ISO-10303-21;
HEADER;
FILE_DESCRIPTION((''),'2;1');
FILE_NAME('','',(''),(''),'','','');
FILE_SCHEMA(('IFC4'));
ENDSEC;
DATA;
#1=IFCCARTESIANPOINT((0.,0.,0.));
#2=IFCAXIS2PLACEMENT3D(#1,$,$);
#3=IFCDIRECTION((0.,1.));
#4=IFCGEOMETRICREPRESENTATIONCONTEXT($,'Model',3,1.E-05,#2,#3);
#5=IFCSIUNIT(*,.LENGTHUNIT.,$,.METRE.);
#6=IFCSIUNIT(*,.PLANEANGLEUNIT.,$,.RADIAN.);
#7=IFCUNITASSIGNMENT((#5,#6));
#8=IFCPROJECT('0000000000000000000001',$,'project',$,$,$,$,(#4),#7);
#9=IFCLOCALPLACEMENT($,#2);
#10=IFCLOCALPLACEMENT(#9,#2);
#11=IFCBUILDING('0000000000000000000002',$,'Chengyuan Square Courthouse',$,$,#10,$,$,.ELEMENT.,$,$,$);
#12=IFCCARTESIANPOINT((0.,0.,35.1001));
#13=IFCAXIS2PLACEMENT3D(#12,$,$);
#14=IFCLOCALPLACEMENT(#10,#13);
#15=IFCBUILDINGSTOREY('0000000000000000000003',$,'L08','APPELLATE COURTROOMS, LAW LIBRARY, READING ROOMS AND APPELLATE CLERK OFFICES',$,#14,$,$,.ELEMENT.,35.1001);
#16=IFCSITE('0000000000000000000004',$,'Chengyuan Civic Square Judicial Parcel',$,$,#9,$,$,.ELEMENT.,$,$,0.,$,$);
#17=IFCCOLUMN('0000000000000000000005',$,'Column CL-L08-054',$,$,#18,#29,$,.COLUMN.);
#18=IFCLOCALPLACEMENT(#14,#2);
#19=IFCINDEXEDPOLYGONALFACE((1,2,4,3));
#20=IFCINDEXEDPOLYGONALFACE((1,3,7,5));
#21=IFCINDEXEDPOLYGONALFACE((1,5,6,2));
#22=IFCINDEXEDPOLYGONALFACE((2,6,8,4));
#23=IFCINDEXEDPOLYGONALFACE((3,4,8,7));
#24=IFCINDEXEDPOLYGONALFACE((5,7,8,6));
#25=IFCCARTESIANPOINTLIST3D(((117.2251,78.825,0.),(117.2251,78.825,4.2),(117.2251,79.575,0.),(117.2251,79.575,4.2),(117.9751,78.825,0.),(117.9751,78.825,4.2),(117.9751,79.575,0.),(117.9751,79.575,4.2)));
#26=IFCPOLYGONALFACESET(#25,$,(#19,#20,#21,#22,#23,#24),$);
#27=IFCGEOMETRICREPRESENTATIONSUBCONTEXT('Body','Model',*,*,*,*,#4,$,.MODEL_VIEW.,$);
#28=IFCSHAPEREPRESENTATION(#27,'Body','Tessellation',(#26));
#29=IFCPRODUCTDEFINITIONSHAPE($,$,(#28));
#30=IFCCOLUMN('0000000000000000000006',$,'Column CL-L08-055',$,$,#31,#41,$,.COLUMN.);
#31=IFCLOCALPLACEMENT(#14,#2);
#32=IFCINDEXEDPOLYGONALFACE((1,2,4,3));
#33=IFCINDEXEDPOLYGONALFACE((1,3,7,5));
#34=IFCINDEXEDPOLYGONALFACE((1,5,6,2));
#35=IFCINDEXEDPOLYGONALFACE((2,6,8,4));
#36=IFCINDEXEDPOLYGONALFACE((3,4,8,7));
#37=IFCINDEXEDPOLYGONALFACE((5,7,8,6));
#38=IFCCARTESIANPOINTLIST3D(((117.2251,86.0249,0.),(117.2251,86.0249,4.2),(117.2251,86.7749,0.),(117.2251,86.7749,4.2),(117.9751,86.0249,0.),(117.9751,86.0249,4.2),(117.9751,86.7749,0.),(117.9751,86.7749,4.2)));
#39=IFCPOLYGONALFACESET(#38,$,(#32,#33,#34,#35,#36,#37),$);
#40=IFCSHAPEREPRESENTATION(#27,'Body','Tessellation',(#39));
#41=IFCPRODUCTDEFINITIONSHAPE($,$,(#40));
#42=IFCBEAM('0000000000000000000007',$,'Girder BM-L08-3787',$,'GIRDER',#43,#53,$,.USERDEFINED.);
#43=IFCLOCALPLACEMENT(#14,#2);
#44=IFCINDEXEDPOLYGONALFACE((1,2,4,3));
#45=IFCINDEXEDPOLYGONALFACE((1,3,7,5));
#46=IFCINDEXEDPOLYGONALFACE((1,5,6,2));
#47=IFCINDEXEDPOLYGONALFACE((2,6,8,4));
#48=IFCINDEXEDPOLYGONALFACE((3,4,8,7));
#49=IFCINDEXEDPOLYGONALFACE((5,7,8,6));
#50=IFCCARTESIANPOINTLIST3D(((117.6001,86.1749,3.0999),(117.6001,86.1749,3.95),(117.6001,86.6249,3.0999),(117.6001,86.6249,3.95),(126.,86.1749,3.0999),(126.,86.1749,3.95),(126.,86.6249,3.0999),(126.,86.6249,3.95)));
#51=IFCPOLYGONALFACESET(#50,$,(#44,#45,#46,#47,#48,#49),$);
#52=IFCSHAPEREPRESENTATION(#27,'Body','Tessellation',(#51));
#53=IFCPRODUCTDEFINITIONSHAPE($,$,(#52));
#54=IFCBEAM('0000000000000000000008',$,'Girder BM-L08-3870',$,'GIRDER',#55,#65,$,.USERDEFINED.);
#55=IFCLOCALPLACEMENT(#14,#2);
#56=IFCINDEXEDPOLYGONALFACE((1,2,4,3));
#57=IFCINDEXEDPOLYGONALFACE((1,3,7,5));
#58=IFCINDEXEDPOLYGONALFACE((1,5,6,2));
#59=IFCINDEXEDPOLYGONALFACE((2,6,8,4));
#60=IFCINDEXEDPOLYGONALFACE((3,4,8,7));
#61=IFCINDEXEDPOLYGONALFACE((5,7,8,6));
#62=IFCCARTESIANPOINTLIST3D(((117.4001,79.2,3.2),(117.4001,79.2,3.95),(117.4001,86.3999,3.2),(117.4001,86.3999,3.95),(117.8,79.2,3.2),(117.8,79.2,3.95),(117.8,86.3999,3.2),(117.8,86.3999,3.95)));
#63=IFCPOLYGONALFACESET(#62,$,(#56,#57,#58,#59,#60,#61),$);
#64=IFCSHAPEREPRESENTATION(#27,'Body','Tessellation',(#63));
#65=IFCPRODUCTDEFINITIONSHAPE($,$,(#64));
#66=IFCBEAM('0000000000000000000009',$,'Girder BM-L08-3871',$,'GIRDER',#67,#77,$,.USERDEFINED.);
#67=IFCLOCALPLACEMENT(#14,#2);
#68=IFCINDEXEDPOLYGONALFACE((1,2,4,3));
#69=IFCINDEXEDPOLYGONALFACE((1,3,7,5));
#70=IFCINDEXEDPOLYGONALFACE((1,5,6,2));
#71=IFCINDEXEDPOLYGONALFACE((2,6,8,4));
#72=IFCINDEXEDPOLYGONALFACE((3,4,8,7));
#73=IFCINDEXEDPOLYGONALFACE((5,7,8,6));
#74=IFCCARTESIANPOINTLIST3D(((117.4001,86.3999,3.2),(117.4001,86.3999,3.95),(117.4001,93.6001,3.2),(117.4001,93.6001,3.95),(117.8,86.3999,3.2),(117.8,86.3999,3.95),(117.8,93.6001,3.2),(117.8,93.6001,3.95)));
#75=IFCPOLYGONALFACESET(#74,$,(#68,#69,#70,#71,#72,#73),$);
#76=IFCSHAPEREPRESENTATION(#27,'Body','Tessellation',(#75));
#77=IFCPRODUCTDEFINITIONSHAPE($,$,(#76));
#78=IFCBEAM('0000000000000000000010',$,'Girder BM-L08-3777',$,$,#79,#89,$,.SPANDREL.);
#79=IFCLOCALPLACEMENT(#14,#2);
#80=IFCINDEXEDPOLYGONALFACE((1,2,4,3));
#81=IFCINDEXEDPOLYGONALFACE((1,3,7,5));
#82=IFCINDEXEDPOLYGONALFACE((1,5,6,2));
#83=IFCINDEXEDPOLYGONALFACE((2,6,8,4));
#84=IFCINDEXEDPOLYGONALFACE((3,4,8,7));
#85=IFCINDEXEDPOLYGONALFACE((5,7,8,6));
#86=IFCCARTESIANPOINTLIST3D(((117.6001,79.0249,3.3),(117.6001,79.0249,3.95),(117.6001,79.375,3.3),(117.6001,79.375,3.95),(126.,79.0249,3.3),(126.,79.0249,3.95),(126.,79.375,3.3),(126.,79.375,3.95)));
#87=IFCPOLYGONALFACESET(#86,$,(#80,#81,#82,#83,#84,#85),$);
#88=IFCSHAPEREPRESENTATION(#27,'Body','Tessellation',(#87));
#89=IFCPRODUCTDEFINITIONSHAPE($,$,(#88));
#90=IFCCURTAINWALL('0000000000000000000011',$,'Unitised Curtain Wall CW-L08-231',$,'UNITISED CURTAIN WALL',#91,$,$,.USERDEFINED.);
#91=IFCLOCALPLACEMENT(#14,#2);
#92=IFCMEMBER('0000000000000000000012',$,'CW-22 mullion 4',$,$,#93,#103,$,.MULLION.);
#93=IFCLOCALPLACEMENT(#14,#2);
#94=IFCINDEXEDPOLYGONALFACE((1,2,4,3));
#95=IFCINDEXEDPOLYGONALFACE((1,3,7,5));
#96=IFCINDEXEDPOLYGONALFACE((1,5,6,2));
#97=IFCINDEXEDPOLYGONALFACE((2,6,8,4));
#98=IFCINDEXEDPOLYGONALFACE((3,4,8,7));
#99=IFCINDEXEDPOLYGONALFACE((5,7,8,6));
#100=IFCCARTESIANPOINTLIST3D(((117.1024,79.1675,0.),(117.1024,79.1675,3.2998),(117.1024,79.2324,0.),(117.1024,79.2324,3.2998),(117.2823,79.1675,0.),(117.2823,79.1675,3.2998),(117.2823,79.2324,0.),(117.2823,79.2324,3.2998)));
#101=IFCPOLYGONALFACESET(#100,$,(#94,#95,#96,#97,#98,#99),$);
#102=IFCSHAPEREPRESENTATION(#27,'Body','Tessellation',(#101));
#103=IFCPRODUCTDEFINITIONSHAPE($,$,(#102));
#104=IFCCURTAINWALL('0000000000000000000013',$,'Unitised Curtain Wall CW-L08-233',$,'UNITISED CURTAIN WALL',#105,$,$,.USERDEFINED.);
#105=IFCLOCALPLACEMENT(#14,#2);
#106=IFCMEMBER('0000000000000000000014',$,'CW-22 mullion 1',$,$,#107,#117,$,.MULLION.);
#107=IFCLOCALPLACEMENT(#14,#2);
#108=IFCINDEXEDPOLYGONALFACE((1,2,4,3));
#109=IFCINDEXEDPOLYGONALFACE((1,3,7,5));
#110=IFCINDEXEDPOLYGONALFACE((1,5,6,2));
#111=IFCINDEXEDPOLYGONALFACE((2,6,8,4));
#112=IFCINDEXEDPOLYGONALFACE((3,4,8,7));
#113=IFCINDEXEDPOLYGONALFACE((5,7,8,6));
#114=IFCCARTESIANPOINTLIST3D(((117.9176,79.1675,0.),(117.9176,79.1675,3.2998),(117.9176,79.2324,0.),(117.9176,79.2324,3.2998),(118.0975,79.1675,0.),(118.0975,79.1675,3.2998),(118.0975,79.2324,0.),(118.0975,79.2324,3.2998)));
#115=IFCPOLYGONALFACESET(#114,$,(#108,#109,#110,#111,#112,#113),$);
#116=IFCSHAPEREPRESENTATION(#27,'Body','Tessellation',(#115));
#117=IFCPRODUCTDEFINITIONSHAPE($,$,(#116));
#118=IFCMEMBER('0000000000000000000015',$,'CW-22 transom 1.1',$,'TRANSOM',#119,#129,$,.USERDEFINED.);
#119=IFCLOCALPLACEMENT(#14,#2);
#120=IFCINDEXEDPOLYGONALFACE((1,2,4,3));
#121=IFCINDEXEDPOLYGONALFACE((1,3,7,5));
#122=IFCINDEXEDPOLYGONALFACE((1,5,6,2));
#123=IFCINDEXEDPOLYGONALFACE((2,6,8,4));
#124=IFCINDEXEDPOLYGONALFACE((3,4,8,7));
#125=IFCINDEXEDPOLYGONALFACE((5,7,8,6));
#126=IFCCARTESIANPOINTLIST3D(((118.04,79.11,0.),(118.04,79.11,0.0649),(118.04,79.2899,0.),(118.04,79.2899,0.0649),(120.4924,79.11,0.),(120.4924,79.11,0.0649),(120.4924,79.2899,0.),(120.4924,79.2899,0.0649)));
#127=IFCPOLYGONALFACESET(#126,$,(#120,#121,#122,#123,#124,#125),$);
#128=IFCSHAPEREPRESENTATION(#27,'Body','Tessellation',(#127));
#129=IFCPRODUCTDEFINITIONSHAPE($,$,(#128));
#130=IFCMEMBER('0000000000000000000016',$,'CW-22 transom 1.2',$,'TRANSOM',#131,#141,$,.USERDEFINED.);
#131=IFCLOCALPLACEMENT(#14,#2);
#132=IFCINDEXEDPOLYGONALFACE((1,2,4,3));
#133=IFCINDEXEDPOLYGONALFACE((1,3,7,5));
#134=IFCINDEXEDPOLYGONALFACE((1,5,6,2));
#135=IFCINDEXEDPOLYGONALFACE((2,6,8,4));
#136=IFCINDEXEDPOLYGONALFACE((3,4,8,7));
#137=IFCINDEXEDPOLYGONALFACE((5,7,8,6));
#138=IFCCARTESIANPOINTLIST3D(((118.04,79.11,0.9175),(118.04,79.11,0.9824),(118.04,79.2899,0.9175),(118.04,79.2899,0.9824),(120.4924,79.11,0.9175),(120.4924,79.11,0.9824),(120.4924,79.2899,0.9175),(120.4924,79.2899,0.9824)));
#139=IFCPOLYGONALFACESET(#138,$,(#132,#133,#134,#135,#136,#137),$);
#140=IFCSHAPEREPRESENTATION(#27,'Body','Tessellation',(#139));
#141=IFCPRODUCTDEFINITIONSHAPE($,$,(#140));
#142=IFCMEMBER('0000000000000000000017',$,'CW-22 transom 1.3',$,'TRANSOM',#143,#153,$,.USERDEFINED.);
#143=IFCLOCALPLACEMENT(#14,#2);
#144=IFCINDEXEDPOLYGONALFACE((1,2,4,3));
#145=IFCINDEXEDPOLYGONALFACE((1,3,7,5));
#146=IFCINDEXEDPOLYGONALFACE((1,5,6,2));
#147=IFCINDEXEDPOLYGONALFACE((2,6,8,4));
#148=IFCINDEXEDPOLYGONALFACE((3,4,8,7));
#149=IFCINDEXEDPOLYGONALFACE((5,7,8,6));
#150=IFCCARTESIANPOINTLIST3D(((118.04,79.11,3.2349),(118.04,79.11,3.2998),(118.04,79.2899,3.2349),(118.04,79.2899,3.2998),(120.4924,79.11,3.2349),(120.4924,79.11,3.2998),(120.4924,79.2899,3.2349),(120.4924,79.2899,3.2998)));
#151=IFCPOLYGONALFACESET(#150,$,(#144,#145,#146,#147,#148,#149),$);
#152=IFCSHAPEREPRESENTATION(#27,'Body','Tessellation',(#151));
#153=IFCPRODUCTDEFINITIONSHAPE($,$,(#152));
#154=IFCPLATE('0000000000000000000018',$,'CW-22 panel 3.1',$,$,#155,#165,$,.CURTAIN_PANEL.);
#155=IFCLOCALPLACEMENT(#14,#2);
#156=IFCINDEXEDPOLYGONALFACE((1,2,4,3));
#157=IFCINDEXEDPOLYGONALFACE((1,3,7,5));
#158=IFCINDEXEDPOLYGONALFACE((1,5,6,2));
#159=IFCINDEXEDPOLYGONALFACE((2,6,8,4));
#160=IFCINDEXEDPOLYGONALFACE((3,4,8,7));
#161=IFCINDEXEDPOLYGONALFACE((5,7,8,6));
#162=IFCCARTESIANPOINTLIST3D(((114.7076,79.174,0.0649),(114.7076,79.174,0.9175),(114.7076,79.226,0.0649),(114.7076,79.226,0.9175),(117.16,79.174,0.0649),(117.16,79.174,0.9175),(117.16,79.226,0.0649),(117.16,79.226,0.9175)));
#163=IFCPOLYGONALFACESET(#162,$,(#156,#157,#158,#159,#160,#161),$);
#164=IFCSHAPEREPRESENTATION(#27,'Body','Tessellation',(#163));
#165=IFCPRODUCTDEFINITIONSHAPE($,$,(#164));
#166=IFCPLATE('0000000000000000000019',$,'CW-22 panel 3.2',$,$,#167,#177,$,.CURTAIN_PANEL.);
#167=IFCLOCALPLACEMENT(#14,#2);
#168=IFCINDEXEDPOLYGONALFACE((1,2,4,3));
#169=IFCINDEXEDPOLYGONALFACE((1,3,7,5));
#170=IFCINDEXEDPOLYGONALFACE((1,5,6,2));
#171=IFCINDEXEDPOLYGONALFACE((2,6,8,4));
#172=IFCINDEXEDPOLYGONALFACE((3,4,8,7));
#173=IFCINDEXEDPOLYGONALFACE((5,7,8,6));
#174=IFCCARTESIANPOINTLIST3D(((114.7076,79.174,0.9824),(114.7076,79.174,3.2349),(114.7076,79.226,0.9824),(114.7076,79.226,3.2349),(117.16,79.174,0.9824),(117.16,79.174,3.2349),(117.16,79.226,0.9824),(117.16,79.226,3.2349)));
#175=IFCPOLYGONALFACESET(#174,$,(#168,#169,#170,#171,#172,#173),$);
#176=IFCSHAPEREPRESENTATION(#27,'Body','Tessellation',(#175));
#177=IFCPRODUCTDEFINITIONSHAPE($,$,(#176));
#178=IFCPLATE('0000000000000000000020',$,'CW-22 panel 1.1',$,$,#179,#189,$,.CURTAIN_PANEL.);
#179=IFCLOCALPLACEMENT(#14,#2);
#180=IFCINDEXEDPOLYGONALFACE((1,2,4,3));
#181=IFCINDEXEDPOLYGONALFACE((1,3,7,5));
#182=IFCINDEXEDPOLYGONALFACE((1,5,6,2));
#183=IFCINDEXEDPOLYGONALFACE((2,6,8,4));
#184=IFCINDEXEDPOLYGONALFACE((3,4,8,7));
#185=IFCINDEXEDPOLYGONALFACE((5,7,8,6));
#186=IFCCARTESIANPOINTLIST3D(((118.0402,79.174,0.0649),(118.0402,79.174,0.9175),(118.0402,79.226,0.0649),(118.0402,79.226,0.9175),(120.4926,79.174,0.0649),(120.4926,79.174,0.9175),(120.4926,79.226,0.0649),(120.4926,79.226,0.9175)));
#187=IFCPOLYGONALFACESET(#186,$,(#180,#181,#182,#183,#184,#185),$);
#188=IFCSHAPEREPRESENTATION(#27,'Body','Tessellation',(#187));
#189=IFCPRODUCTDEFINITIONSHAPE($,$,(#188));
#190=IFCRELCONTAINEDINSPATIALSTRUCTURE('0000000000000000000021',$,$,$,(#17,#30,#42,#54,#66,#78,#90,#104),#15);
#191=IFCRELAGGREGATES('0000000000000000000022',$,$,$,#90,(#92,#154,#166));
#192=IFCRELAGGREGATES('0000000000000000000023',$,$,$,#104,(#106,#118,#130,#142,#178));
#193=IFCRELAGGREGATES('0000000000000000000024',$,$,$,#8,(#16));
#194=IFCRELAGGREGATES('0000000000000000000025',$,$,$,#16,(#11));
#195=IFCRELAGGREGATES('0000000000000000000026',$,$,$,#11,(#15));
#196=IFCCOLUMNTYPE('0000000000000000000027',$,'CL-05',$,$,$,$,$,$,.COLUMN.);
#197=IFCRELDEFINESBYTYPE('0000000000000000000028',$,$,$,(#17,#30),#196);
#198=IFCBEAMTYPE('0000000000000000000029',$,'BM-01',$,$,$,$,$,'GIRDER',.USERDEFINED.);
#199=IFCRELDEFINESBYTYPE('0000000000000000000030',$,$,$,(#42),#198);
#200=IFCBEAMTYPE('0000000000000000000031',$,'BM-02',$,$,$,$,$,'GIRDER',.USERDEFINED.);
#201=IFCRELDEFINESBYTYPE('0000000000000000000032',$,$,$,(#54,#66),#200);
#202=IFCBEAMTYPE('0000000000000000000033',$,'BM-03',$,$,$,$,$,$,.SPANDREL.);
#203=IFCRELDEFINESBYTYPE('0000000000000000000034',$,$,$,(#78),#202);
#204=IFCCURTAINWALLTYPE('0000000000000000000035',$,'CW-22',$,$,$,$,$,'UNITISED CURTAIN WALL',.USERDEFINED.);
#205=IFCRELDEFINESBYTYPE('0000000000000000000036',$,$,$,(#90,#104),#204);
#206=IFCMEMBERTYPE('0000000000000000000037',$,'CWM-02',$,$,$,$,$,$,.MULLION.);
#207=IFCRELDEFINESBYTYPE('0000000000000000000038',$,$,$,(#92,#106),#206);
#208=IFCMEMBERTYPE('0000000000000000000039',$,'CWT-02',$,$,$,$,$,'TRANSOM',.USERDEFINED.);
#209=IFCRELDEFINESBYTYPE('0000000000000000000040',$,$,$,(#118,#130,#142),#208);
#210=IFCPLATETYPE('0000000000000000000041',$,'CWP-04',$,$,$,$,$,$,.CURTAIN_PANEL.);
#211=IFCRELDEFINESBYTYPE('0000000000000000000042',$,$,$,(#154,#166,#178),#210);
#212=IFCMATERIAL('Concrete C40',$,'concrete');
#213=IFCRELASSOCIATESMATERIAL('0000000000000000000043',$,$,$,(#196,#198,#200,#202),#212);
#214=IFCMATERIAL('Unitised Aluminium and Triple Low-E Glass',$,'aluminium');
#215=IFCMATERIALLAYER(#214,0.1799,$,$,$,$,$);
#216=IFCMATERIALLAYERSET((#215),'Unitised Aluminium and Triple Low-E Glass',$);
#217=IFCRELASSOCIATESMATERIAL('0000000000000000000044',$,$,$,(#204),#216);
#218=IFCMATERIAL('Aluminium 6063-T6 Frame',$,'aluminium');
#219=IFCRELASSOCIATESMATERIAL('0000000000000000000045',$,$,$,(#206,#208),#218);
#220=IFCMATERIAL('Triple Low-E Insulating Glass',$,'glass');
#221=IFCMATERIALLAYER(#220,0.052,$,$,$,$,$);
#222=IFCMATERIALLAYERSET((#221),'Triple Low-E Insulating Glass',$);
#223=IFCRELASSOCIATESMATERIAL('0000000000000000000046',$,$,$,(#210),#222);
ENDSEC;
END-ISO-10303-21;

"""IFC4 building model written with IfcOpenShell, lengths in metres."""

from ifc_helpers import new_model, si_unit, direction, frame, origin, origin_2d, place, context, subcontext, project, spatial, rectangle, extrude, material, layer, layer_set, material_profile, profile_set, type_object, element, aggregate, save


model = new_model("IFC4")

# Units and contexts
model_context = context("Model", 3, precision=1e-05, world=origin(), true_north=direction((0.0, 1.0)))
body_context = subcontext(model_context, "Body", "Model", "MODEL_VIEW")
ifc_project = project(units=[si_unit("LENGTHUNIT", "METRE"), si_unit("PLANEANGLEUNIT", "RADIAN")], contexts=[model_context])

# Site, building, storey
site_placement = place(None, origin())
site = spatial("IfcSite", under=ifc_project, at=site_placement, Name="Chengyuan Civic Square Judicial Parcel", CompositionType="ELEMENT", RefElevation=0.0)
building_placement = place(site_placement, origin())
building = spatial("IfcBuilding", under=site, at=building_placement, Name="Chengyuan Square Courthouse", CompositionType="ELEMENT")
storey_placement = place(building_placement, frame((0.0, 0.0, 35.1001)))
storey = spatial("IfcBuildingStorey", under=building, at=storey_placement, Name="L08", Description="APPELLATE COURTROOMS, LAW LIBRARY, READING ROOMS AND APPELLATE CLERK OFFICES", CompositionType="ELEMENT", Elevation=35.1001)

# Columns
ifc_material_1 = material(Name="Concrete C40", Category="concrete")
ifc_material_profile_1 = material_profile(ifc_material_1, rectangle(XDim=0.75, YDim=0.75, at=origin_2d()), Name="RC-COL-750x750")
ifc_profile_set_1 = profile_set([ifc_material_profile_1], Name="Concrete C40")
column_type = type_object("IfcColumnType", Name="CL-05", PredefinedType="COLUMN", material=ifc_profile_set_1)
for number, where, z_axis, x_axis, name in (
    (1, (117.6001, 79.2, 0.0), (0.0, 0.0, 1.0), (1.0, 0.0, 0.0), "Column CL-L08-054"),
    (2, (117.6001, 86.3999, 0.0), (0.0, 0.0, 1.0), (1.0, 0.0, 0.0), "Column CL-L08-055"),
):
    element("IfcColumn", number, at=place(storey_placement, frame(where, z_axis=z_axis, x_axis=x_axis)), inside=storey, type_object=column_type, Name=name, PredefinedType="COLUMN", context=body_context, shape_type="SweptSolid", body=[
        extrude(rectangle(XDim=0.75, YDim=0.75, at=origin_2d()), origin(), (0.0, 0.0, 1.0), 4.2),
    ])

# Beams
ifc_material_profile_2 = material_profile(ifc_material_1, rectangle(XDim=0.45, YDim=0.8501, at=origin_2d()), Name="RC-BM-450x850")
ifc_profile_set_2 = profile_set([ifc_material_profile_2], Name="Concrete C40")
beam_type_1 = type_object("IfcBeamType", Name="BM-01", ElementType="GIRDER", PredefinedType="USERDEFINED", material=ifc_profile_set_2)
beam_1_placement = place(storey_placement, frame((117.6001, 86.3999, 3.5249), z_axis=(1.0, 0.0, 0.0), x_axis=(0.0, 1.0, 0.0)))
element("IfcBeam", 3, at=beam_1_placement, inside=storey, type_object=beam_type_1, Name="Girder BM-L08-3787", ObjectType="GIRDER", PredefinedType="USERDEFINED", context=body_context, shape_type="SweptSolid", body=[
    extrude(rectangle(XDim=0.45, YDim=0.8501, at=origin_2d()), origin(), (0.0, 0.0, 1.0), 8.3999),
])
ifc_material_profile_3 = material_profile(ifc_material_1, rectangle(XDim=0.3999, YDim=0.75, at=origin_2d()), Name="RC-BM-400x750")
ifc_profile_set_3 = profile_set([ifc_material_profile_3], Name="Concrete C40")
beam_type_2 = type_object("IfcBeamType", Name="BM-02", ElementType="GIRDER", PredefinedType="USERDEFINED", material=ifc_profile_set_3)
beam_2_placement = place(storey_placement, frame((117.6001, 79.2, 3.575), z_axis=(0.0, 1.0, 0.0), x_axis=(-1.0, 0.0, 0.0)))
element("IfcBeam", 4, at=beam_2_placement, inside=storey, type_object=beam_type_2, Name="Girder BM-L08-3870", ObjectType="GIRDER", PredefinedType="USERDEFINED", context=body_context, shape_type="SweptSolid", body=[
    extrude(rectangle(XDim=0.3999, YDim=0.75, at=origin_2d()), origin(), (0.0, 0.0, 1.0), 7.2),
])
beam_3_placement = place(storey_placement, frame((117.6001, 86.3999, 3.575), z_axis=(0.0, 1.0, 0.0), x_axis=(-1.0, 0.0, 0.0)))
element("IfcBeam", 5, at=beam_3_placement, inside=storey, type_object=beam_type_2, Name="Girder BM-L08-3871", ObjectType="GIRDER", PredefinedType="USERDEFINED", context=body_context, shape_type="SweptSolid", body=[
    extrude(rectangle(XDim=0.3999, YDim=0.75, at=origin_2d()), origin(), (0.0, 0.0, 1.0), 7.2002),
])
ifc_material_profile_4 = material_profile(ifc_material_1, rectangle(XDim=0.3501, YDim=0.6499, at=origin_2d()), Name="RC-BM-350x650")
ifc_profile_set_4 = profile_set([ifc_material_profile_4], Name="Concrete C40")
beam_type_3 = type_object("IfcBeamType", Name="BM-03", PredefinedType="SPANDREL", material=ifc_profile_set_4)
beam_4_placement = place(storey_placement, frame((117.6001, 79.2, 3.625), z_axis=(1.0, 0.0, 0.0), x_axis=(0.0, 1.0, 0.0)))
element("IfcBeam", 6, at=beam_4_placement, inside=storey, type_object=beam_type_3, Name="Girder BM-L08-3777", PredefinedType="SPANDREL", context=body_context, shape_type="SweptSolid", body=[
    extrude(rectangle(XDim=0.3501, YDim=0.6499, at=origin_2d()), origin(), (0.0, 0.0, 1.0), 8.3999),
])

# Curtain wall, member
ifc_material_2 = material(Name="Unitised Aluminium and Triple Low-E Glass", Category="aluminium")
ifc_layer_1 = layer(ifc_material_2, 0.1799)
ifc_layer_set_1 = layer_set([ifc_layer_1], Name="Unitised Aluminium and Triple Low-E Glass")
curtain_wall_type = type_object("IfcCurtainWallType", Name="CW-22", ElementType="UNITISED CURTAIN WALL", PredefinedType="USERDEFINED", material=ifc_layer_set_1)
curtain_wall_1_placement = place(storey_placement, origin())
curtain_wall_1 = element("IfcCurtainWall", 7, at=curtain_wall_1_placement, inside=storey, type_object=curtain_wall_type, Name="Unitised Curtain Wall CW-L08-231", ObjectType="UNITISED CURTAIN WALL", PredefinedType="USERDEFINED")
ifc_material_3 = material(Name="Aluminium 6063-T6 Frame", Category="aluminium")
ifc_material_profile_5 = material_profile(ifc_material_3, rectangle(XDim=0.0649, YDim=0.1799, at=origin_2d()), Name="CW-MUL-65x180")
ifc_profile_set_5 = profile_set([ifc_material_profile_5], Name="Aluminium 6063-T6 Frame")
member_type_1 = type_object("IfcMemberType", Name="CWM-02", PredefinedType="MULLION", material=ifc_profile_set_5)
member_1_placement = place(storey_placement, frame((117.1924, 79.2, 0.0), z_axis=(0.0, 0.0, 1.0), x_axis=(0.0, 1.0, 0.0)))
member_1 = element("IfcMember", 8, at=member_1_placement, type_object=member_type_1, Name="CW-22 mullion 4", PredefinedType="MULLION", context=body_context, shape_type="SweptSolid", body=[
    extrude(rectangle(XDim=0.0649, YDim=0.1799, at=origin_2d()), origin(), (0.0, 0.0, 1.0), 3.2998),
])

# Curtain wall, members
curtain_wall_2_placement = place(storey_placement, origin())
curtain_wall_2 = element("IfcCurtainWall", 9, at=curtain_wall_2_placement, inside=storey, type_object=curtain_wall_type, Name="Unitised Curtain Wall CW-L08-233", ObjectType="UNITISED CURTAIN WALL", PredefinedType="USERDEFINED")
member_2_placement = place(storey_placement, frame((118.0076, 79.2, 0.0), z_axis=(0.0, 0.0, 1.0), x_axis=(0.0, 1.0, 0.0)))
member_2 = element("IfcMember", 10, at=member_2_placement, type_object=member_type_1, Name="CW-22 mullion 1", PredefinedType="MULLION", context=body_context, shape_type="SweptSolid", body=[
    extrude(rectangle(XDim=0.0649, YDim=0.1799, at=origin_2d()), origin(), (0.0, 0.0, 1.0), 3.2998),
])
ifc_material_profile_6 = material_profile(ifc_material_3, rectangle(XDim=0.1799, YDim=0.0649, at=origin_2d()), Name="CW-TRN-65x140")
ifc_profile_set_6 = profile_set([ifc_material_profile_6], Name="Aluminium 6063-T6 Frame")
member_type_2 = type_object("IfcMemberType", Name="CWT-02", ElementType="TRANSOM", PredefinedType="USERDEFINED", material=ifc_profile_set_6)
member_3_placement = place(storey_placement, frame((118.04, 79.2, 0.0325), z_axis=(1.0, 0.0, 0.0), x_axis=(0.0, 1.0, 0.0)))
member_3 = element("IfcMember", 11, at=member_3_placement, type_object=member_type_2, Name="CW-22 transom 1.1", ObjectType="TRANSOM", PredefinedType="USERDEFINED", context=body_context, shape_type="SweptSolid", body=[
    extrude(rectangle(XDim=0.1799, YDim=0.0649, at=origin_2d()), origin(), (0.0, 0.0, 1.0), 2.4524),
])
member_4_placement = place(storey_placement, frame((118.04, 79.2, 0.95), z_axis=(1.0, 0.0, 0.0), x_axis=(0.0, 1.0, 0.0)))
member_4 = element("IfcMember", 12, at=member_4_placement, type_object=member_type_2, Name="CW-22 transom 1.2", ObjectType="TRANSOM", PredefinedType="USERDEFINED", context=body_context, shape_type="SweptSolid", body=[
    extrude(rectangle(XDim=0.1799, YDim=0.0649, at=origin_2d()), origin(), (0.0, 0.0, 1.0), 2.4524),
])
member_5_placement = place(storey_placement, frame((118.04, 79.2, 3.2673), z_axis=(1.0, 0.0, 0.0), x_axis=(0.0, 1.0, 0.0)))
member_5 = element("IfcMember", 13, at=member_5_placement, type_object=member_type_2, Name="CW-22 transom 1.3", ObjectType="TRANSOM", PredefinedType="USERDEFINED", context=body_context, shape_type="SweptSolid", body=[
    extrude(rectangle(XDim=0.1799, YDim=0.0649, at=origin_2d()), origin(), (0.0, 0.0, 1.0), 2.4524),
])

# Plates
ifc_material_4 = material(Name="Triple Low-E Insulating Glass", Category="glass")
ifc_layer_2 = layer(ifc_material_4, 0.052)
ifc_layer_set_2 = layer_set([ifc_layer_2], Name="Triple Low-E Insulating Glass")
plate_type = type_object("IfcPlateType", Name="CWP-04", PredefinedType="CURTAIN_PANEL", material=ifc_layer_set_2)
plate_1_placement = place(storey_placement, frame((115.9338, 79.2, 0.0649), z_axis=(0.0, 0.0, 1.0), x_axis=(1.0, 0.0, 0.0)))
plate_1 = element("IfcPlate", 14, at=plate_1_placement, type_object=plate_type, Name="CW-22 panel 3.1", PredefinedType="CURTAIN_PANEL", context=body_context, shape_type="SweptSolid", body=[
    extrude(rectangle(XDim=2.4524, YDim=0.052, at=origin_2d()), origin(), (0.0, 0.0, 1.0), 0.8525),
])
plate_2_placement = place(storey_placement, frame((115.9338, 79.2, 0.9824), z_axis=(0.0, 0.0, 1.0), x_axis=(1.0, 0.0, 0.0)))
plate_2 = element("IfcPlate", 15, at=plate_2_placement, type_object=plate_type, Name="CW-22 panel 3.2", PredefinedType="CURTAIN_PANEL", context=body_context, shape_type="SweptSolid", body=[
    extrude(rectangle(XDim=2.4524, YDim=0.052, at=origin_2d()), origin(), (0.0, 0.0, 1.0), 2.2524),
])
aggregate(curtain_wall_1, [member_1, plate_1, plate_2])
plate_3_placement = place(storey_placement, frame((119.2664, 79.2, 0.0649), z_axis=(0.0, 0.0, 1.0), x_axis=(1.0, 0.0, 0.0)))
plate_3 = element("IfcPlate", 16, at=plate_3_placement, type_object=plate_type, Name="CW-22 panel 1.1", PredefinedType="CURTAIN_PANEL", context=body_context, shape_type="SweptSolid", body=[
    extrude(rectangle(XDim=2.4524, YDim=0.052, at=origin_2d()), origin(), (0.0, 0.0, 1.0), 0.8525),
])
aggregate(curtain_wall_2, [member_2, member_3, member_4, member_5, plate_3])

save(model, "model.ifc")
